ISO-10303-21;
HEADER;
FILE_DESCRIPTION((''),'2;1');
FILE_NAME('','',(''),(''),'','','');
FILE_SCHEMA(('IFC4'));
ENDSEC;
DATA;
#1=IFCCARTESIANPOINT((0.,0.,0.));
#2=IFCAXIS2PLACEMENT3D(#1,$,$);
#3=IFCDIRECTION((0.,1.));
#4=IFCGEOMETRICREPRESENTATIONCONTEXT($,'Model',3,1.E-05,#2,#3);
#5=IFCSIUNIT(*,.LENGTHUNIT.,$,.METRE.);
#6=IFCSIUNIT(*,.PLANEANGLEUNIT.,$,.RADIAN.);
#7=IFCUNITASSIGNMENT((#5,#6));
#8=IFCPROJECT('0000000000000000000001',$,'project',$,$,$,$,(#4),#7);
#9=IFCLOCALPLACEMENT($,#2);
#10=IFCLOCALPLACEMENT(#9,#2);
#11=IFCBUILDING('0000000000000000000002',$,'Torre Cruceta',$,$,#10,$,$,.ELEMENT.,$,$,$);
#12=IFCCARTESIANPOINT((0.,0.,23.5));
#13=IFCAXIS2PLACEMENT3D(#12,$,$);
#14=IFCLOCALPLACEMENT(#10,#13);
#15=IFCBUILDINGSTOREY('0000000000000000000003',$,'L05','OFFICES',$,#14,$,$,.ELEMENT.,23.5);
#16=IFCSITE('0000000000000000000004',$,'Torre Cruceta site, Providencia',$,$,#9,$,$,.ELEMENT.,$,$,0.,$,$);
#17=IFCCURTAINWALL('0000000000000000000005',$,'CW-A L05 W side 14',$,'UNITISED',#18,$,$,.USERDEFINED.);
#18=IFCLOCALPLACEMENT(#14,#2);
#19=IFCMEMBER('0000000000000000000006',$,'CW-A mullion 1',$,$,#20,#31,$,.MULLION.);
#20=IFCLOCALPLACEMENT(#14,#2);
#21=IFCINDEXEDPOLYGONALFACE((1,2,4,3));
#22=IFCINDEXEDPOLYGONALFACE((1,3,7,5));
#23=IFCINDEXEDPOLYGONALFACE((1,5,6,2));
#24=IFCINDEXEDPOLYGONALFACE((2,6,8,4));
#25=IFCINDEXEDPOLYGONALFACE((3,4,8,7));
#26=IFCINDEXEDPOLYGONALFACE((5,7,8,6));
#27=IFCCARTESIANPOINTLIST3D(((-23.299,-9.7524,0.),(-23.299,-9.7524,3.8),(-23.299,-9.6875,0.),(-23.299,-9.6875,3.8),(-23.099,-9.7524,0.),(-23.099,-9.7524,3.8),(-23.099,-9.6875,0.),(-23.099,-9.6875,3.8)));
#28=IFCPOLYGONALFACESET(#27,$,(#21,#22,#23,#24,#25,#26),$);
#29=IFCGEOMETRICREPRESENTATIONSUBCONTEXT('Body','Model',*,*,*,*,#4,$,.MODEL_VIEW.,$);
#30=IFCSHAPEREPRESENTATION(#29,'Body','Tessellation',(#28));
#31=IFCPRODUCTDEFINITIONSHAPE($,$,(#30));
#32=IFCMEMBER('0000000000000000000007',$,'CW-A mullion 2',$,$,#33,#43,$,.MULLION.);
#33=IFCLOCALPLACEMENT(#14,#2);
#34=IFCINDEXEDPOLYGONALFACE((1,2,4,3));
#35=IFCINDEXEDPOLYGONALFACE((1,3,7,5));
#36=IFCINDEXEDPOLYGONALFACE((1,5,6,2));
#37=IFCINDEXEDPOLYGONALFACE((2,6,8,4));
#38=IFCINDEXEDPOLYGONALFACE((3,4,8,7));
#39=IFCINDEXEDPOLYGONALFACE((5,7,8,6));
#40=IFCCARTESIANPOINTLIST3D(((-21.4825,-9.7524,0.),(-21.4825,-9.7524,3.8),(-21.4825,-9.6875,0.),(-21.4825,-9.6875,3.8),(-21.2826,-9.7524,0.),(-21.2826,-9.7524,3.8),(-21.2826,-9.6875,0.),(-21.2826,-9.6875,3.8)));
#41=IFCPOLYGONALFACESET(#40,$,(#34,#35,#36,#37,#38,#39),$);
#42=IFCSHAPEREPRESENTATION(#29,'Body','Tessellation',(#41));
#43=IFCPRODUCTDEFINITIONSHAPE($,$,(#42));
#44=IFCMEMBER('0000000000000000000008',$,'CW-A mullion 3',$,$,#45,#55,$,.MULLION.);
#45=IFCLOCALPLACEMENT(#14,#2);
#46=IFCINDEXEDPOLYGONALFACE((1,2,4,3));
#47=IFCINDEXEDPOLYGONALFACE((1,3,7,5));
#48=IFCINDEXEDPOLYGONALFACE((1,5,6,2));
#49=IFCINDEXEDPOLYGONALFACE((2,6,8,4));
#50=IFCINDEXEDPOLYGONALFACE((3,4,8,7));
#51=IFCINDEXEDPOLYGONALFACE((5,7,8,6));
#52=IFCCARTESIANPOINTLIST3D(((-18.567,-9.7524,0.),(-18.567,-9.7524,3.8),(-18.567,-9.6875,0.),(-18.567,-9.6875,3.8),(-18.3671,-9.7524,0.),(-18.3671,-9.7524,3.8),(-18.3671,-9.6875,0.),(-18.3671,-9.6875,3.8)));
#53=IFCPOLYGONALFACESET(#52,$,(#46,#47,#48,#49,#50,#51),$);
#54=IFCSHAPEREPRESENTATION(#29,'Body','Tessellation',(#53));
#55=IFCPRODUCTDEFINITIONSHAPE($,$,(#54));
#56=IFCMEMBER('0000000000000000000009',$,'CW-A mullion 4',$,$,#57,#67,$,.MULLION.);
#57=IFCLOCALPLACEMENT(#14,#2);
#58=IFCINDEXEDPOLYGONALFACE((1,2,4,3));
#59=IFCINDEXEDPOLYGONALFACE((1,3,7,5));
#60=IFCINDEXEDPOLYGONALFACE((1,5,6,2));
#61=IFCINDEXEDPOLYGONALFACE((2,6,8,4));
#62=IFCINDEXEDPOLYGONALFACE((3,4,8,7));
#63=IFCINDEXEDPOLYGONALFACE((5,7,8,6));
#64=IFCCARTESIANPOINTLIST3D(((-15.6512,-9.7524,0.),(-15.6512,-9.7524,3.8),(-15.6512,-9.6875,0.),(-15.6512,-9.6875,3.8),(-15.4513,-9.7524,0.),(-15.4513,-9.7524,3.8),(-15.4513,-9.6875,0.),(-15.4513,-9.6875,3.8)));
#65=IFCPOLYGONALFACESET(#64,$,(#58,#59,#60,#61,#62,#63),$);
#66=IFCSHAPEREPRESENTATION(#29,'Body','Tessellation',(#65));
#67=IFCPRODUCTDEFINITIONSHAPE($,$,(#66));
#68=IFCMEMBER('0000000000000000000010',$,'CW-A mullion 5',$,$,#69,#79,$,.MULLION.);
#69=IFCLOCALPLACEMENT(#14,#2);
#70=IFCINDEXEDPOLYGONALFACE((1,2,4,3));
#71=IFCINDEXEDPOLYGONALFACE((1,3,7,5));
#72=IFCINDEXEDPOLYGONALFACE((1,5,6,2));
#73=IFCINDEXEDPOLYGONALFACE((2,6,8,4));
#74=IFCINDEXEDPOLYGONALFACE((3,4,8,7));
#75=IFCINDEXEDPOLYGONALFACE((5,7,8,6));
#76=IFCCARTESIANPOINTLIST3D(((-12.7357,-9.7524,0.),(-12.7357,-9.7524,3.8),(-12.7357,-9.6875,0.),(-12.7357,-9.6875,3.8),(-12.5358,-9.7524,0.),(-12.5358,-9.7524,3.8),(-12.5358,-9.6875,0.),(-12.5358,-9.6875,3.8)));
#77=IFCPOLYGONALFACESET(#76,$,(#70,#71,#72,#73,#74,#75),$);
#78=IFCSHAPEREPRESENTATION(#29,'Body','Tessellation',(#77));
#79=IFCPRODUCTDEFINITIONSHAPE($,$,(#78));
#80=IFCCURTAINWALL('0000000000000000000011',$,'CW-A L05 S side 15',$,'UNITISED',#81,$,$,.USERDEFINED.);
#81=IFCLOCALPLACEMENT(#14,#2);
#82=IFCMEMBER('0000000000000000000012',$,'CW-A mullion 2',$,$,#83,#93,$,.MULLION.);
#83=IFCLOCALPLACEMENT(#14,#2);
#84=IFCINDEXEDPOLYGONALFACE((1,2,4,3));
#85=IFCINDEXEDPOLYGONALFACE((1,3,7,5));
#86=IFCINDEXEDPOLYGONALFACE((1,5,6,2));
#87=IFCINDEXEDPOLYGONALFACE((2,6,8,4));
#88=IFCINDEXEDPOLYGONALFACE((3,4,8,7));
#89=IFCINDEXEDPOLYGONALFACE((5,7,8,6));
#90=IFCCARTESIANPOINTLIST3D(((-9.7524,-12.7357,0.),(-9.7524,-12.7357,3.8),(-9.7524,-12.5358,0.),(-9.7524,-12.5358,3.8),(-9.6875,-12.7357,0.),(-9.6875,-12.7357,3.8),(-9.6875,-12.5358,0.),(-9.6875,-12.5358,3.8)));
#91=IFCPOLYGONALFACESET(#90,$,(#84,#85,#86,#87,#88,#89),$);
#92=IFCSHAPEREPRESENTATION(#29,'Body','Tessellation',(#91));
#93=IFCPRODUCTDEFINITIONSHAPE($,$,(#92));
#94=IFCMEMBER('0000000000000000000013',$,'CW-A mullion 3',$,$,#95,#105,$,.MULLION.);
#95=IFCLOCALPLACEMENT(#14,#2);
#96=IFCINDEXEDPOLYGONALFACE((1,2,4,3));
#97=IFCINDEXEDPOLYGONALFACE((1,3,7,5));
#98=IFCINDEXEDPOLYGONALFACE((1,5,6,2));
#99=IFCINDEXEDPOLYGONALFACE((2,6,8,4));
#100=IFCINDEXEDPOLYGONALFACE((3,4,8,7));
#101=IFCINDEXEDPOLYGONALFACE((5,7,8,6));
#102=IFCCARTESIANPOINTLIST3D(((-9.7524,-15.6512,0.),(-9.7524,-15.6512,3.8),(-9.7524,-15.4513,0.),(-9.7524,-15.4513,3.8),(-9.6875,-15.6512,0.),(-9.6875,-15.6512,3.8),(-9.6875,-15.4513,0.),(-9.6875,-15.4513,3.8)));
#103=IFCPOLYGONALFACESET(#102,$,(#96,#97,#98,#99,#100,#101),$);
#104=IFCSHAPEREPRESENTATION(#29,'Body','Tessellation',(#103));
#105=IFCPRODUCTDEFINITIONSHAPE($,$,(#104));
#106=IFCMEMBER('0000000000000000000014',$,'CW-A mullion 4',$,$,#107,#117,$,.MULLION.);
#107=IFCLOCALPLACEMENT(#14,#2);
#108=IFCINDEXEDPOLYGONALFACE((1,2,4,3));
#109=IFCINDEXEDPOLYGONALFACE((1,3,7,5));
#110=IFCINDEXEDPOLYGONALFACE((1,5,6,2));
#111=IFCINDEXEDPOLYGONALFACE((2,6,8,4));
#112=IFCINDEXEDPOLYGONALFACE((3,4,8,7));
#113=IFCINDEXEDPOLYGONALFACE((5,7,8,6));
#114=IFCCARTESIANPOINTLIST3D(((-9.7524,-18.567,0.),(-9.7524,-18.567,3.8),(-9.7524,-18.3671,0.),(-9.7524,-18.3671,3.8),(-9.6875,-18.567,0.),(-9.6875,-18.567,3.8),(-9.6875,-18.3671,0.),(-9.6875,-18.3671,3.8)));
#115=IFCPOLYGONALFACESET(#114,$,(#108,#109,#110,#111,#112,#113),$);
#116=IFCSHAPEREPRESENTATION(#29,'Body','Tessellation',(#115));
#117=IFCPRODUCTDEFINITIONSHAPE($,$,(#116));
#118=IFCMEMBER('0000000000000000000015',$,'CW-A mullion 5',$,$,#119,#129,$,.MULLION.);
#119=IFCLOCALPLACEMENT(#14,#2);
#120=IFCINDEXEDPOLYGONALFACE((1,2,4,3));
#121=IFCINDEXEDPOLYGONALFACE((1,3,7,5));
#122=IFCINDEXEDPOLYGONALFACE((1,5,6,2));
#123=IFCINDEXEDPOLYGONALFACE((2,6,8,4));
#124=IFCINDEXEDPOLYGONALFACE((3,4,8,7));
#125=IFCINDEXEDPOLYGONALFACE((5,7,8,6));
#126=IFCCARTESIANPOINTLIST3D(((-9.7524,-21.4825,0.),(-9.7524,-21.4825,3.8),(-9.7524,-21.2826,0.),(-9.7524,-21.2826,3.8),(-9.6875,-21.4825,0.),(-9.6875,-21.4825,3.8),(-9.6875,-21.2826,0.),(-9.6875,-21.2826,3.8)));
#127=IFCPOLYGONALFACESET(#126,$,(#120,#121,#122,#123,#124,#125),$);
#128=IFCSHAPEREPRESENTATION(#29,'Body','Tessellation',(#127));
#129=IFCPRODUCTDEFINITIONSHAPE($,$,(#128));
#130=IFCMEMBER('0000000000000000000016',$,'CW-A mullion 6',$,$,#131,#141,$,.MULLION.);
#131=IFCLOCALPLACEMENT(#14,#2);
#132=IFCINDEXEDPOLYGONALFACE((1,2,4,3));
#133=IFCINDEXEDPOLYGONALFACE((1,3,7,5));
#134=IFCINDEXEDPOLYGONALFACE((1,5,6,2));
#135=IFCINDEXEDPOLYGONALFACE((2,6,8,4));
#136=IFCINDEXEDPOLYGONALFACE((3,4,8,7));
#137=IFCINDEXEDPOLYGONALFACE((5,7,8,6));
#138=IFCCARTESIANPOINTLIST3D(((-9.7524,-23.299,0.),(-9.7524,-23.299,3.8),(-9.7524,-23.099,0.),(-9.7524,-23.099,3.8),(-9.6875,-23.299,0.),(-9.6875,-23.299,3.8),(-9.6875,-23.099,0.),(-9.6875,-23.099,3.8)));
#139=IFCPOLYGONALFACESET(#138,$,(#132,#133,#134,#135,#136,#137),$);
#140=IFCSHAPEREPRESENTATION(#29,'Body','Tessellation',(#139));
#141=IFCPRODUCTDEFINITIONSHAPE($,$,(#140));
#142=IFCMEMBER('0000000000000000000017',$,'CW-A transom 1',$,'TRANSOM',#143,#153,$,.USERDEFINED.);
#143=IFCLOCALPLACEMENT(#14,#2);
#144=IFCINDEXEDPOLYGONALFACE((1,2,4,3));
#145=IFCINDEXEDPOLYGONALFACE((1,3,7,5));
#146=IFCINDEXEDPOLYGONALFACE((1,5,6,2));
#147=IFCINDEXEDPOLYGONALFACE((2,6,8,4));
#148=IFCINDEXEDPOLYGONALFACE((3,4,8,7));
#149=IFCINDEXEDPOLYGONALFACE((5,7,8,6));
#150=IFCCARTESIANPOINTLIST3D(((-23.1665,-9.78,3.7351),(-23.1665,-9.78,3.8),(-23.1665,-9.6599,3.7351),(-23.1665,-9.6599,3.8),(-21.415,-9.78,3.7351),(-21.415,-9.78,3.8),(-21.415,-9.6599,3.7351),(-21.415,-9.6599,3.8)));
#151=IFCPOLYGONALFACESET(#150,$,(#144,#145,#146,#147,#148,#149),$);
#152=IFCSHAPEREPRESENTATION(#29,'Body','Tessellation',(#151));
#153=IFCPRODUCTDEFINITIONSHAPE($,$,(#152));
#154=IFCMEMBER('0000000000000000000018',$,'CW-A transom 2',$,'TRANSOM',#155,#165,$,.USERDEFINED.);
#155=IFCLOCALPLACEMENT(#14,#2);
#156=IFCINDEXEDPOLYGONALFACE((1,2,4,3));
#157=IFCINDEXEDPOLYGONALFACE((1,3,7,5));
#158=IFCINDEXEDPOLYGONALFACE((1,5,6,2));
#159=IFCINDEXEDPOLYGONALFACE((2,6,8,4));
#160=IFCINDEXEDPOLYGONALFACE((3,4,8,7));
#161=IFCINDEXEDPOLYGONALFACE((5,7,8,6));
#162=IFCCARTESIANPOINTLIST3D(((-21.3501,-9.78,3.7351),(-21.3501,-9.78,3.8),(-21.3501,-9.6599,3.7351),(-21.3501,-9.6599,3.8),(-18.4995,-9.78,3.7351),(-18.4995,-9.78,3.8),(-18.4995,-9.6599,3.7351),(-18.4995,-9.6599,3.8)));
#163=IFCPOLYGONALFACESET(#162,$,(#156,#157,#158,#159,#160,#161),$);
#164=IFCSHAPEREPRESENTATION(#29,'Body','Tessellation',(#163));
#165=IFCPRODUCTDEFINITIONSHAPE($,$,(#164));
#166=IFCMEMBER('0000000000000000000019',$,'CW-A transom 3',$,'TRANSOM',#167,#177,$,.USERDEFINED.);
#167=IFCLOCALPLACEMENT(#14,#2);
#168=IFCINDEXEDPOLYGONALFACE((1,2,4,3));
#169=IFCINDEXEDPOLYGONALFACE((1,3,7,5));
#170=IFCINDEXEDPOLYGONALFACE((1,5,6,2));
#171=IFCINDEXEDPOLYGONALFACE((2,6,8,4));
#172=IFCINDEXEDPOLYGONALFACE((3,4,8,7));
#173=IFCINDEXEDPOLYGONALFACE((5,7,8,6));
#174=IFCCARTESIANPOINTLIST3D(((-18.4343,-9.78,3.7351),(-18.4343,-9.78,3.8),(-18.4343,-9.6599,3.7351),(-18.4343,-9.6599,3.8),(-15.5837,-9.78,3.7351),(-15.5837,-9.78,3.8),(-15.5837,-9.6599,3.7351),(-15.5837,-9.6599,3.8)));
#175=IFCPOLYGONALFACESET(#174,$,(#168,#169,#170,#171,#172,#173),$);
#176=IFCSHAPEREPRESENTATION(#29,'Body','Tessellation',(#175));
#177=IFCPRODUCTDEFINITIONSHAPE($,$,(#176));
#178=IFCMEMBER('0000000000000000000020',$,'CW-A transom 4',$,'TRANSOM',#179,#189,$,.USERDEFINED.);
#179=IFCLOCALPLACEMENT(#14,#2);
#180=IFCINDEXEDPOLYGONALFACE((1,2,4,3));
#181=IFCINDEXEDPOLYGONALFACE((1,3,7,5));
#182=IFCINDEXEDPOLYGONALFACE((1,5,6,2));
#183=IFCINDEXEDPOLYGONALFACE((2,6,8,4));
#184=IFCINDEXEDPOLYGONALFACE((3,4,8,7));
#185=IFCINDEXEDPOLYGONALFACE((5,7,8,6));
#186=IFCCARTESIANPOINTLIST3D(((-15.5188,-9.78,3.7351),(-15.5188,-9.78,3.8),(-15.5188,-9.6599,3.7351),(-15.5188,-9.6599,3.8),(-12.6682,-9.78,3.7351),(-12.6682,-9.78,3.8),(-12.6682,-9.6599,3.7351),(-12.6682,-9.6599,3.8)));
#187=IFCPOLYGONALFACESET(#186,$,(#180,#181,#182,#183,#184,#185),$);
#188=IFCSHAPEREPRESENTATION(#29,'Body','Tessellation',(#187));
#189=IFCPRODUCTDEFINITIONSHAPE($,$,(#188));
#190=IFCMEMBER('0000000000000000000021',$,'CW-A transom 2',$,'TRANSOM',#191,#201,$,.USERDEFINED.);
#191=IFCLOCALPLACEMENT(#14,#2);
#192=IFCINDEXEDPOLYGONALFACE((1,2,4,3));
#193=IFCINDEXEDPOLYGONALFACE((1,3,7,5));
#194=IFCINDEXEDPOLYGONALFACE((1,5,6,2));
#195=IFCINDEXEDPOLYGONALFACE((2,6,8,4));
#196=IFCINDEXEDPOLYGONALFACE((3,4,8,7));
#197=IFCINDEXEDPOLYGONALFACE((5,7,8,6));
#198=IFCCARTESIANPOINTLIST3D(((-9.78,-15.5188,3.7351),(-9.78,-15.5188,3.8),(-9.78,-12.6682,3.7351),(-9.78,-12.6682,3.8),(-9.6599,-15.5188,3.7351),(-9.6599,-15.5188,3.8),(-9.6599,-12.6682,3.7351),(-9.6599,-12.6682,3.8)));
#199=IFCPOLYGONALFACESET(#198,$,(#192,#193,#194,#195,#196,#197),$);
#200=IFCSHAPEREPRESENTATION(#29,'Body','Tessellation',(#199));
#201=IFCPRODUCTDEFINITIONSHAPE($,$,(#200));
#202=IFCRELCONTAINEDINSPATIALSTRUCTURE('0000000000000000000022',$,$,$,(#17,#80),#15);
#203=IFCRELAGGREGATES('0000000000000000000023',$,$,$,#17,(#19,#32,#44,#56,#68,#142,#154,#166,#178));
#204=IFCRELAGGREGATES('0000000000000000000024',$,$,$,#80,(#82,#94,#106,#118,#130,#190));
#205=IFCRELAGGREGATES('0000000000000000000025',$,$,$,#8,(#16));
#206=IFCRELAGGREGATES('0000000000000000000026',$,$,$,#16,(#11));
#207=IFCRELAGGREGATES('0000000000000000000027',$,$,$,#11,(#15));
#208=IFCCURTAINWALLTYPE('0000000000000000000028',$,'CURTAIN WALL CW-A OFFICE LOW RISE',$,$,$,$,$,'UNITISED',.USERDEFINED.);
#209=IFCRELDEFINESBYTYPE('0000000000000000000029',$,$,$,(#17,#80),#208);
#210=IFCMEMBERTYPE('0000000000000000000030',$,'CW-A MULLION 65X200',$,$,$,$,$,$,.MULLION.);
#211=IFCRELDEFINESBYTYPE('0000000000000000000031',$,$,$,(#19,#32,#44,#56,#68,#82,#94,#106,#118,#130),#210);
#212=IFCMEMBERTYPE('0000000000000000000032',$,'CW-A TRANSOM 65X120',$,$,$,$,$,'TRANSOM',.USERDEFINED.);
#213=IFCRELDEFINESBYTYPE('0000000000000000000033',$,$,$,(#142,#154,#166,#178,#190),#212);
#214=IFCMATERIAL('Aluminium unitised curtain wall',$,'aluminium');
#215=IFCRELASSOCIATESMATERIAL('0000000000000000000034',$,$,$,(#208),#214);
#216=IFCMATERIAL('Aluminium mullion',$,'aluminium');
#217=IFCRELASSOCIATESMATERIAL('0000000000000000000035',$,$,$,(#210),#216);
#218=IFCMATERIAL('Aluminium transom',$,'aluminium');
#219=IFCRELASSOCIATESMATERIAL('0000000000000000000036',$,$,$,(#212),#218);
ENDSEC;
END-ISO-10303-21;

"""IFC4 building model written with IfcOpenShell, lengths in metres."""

from ifc_helpers import new_model, si_unit, direction, frame, origin, origin_2d, place, context, subcontext, project, spatial, rectangle, extrude, material, material_profile, profile_set, type_object, element, aggregate, save


model = new_model("IFC4")

# Units and contexts
model_context = context("Model", 3, precision=1e-05, world=origin(), true_north=direction((0.0, 1.0)))
body_context = subcontext(model_context, "Body", "Model", "MODEL_VIEW")
ifc_project = project(units=[si_unit("LENGTHUNIT", "METRE"), si_unit("PLANEANGLEUNIT", "RADIAN")], contexts=[model_context])

# Site, building, storey
site_placement = place(None, origin())
site = spatial("IfcSite", under=ifc_project, at=site_placement, Name="Torre Cruceta site, Providencia", CompositionType="ELEMENT", RefElevation=0.0)
building_placement = place(site_placement, origin())
building = spatial("IfcBuilding", under=site, at=building_placement, Name="Torre Cruceta", CompositionType="ELEMENT")
storey_placement = place(building_placement, frame((0.0, 0.0, 23.5)))
storey = spatial("IfcBuildingStorey", under=building, at=storey_placement, Name="L05", Description="OFFICES", CompositionType="ELEMENT", Elevation=23.5)

# Curtain walls, members
ifc_material_1 = material(Name="Aluminium unitised curtain wall", Category="aluminium")
curtain_wall_type = type_object("IfcCurtainWallType", Name="CURTAIN WALL CW-A OFFICE LOW RISE", ElementType="UNITISED", PredefinedType="USERDEFINED", material=ifc_material_1)
curtain_wall_1_placement = place(storey_placement, origin())
curtain_wall_1 = element("IfcCurtainWall", 1, at=curtain_wall_1_placement, inside=storey, type_object=curtain_wall_type, Name="CW-A L05 W side 14", ObjectType="UNITISED", PredefinedType="USERDEFINED")
ifc_material_2 = material(Name="Aluminium mullion", Category="aluminium")
ifc_material_profile_1 = material_profile(ifc_material_2, rectangle(XDim=0.0649, YDim=0.2, at=origin_2d()), Name="AL 65X200")
ifc_profile_set_1 = profile_set([ifc_material_profile_1], Name="Aluminium mullion")
member_type_1 = type_object("IfcMemberType", Name="CW-A MULLION 65X200", PredefinedType="MULLION", material=ifc_profile_set_1)
member_1_placement = place(storey_placement, frame((-23.199, -9.72, 0.0), z_axis=(0.0, 0.0, 1.0), x_axis=(0.0, 1.0, 0.0)))
member_1 = element("IfcMember", 2, at=member_1_placement, type_object=member_type_1, Name="CW-A mullion 1", PredefinedType="MULLION", context=body_context, shape_type="SweptSolid", body=[
    extrude(rectangle(XDim=0.0649, YDim=0.2, at=origin_2d()), origin(), (0.0, 0.0, 1.0), 3.8),
])
member_2_placement = place(storey_placement, frame((-21.3826, -9.72, 0.0), z_axis=(0.0, 0.0, 1.0), x_axis=(0.0, 1.0, 0.0)))
member_2 = element("IfcMember", 3, at=member_2_placement, type_object=member_type_1, Name="CW-A mullion 2", PredefinedType="MULLION", context=body_context, shape_type="SweptSolid", body=[
    extrude(rectangle(XDim=0.0649, YDim=0.2, at=origin_2d()), origin(), (0.0, 0.0, 1.0), 3.8),
])
member_3_placement = place(storey_placement, frame((-18.467, -9.72, 0.0), z_axis=(0.0, 0.0, 1.0), x_axis=(0.0, 1.0, 0.0)))
member_3 = element("IfcMember", 4, at=member_3_placement, type_object=member_type_1, Name="CW-A mullion 3", PredefinedType="MULLION", context=body_context, shape_type="SweptSolid", body=[
    extrude(rectangle(XDim=0.0649, YDim=0.2, at=origin_2d()), origin(), (0.0, 0.0, 1.0), 3.8),
])
member_4_placement = place(storey_placement, frame((-15.5513, -9.72, 0.0), z_axis=(0.0, 0.0, 1.0), x_axis=(0.0, 1.0, 0.0)))
member_4 = element("IfcMember", 5, at=member_4_placement, type_object=member_type_1, Name="CW-A mullion 4", PredefinedType="MULLION", context=body_context, shape_type="SweptSolid", body=[
    extrude(rectangle(XDim=0.0649, YDim=0.2, at=origin_2d()), origin(), (0.0, 0.0, 1.0), 3.8),
])
member_5_placement = place(storey_placement, frame((-12.6357, -9.72, 0.0), z_axis=(0.0, 0.0, 1.0), x_axis=(0.0, 1.0, 0.0)))
member_5 = element("IfcMember", 6, at=member_5_placement, type_object=member_type_1, Name="CW-A mullion 5", PredefinedType="MULLION", context=body_context, shape_type="SweptSolid", body=[
    extrude(rectangle(XDim=0.0649, YDim=0.2, at=origin_2d()), origin(), (0.0, 0.0, 1.0), 3.8),
])
curtain_wall_2_placement = place(storey_placement, origin())
curtain_wall_2 = element("IfcCurtainWall", 7, at=curtain_wall_2_placement, inside=storey, type_object=curtain_wall_type, Name="CW-A L05 S side 15", ObjectType="UNITISED", PredefinedType="USERDEFINED")
member_6_placement = place(storey_placement, frame((-9.72, -12.6357, 0.0), z_axis=(0.0, 0.0, 1.0), x_axis=(1.0, 0.0, 0.0)))
member_6 = element("IfcMember", 8, at=member_6_placement, type_object=member_type_1, Name="CW-A mullion 2", PredefinedType="MULLION", context=body_context, shape_type="SweptSolid", body=[
    extrude(rectangle(XDim=0.0649, YDim=0.2, at=origin_2d()), origin(), (0.0, 0.0, 1.0), 3.8),
])
member_7_placement = place(storey_placement, frame((-9.72, -15.5513, 0.0), z_axis=(0.0, 0.0, 1.0), x_axis=(1.0, 0.0, 0.0)))
member_7 = element("IfcMember", 9, at=member_7_placement, type_object=member_type_1, Name="CW-A mullion 3", PredefinedType="MULLION", context=body_context, shape_type="SweptSolid", body=[
    extrude(rectangle(XDim=0.0649, YDim=0.2, at=origin_2d()), origin(), (0.0, 0.0, 1.0), 3.8),
])
member_8_placement = place(storey_placement, frame((-9.72, -18.467, 0.0), z_axis=(0.0, 0.0, 1.0), x_axis=(1.0, 0.0, 0.0)))
member_8 = element("IfcMember", 10, at=member_8_placement, type_object=member_type_1, Name="CW-A mullion 4", PredefinedType="MULLION", context=body_context, shape_type="SweptSolid", body=[
    extrude(rectangle(XDim=0.0649, YDim=0.2, at=origin_2d()), origin(), (0.0, 0.0, 1.0), 3.8),
])
member_9_placement = place(storey_placement, frame((-9.72, -21.3826, 0.0), z_axis=(0.0, 0.0, 1.0), x_axis=(1.0, 0.0, 0.0)))
member_9 = element("IfcMember", 11, at=member_9_placement, type_object=member_type_1, Name="CW-A mullion 5", PredefinedType="MULLION", context=body_context, shape_type="SweptSolid", body=[
    extrude(rectangle(XDim=0.0649, YDim=0.2, at=origin_2d()), origin(), (0.0, 0.0, 1.0), 3.8),
])
member_10_placement = place(storey_placement, frame((-9.72, -23.199, 0.0), z_axis=(0.0, 0.0, 1.0), x_axis=(1.0, 0.0, 0.0)))
member_10 = element("IfcMember", 12, at=member_10_placement, type_object=member_type_1, Name="CW-A mullion 6", PredefinedType="MULLION", context=body_context, shape_type="SweptSolid", body=[
    extrude(rectangle(XDim=0.0649, YDim=0.2, at=origin_2d()), origin(), (0.0, 0.0, 1.0), 3.8),
])

# Members
ifc_material_3 = material(Name="Aluminium transom", Category="aluminium")
ifc_material_profile_2 = material_profile(ifc_material_3, rectangle(XDim=0.1201, YDim=0.0649, at=origin_2d()), Name="AL 120X65")
ifc_profile_set_2 = profile_set([ifc_material_profile_2], Name="Aluminium transom")
member_type_2 = type_object("IfcMemberType", Name="CW-A TRANSOM 65X120", ElementType="TRANSOM", PredefinedType="USERDEFINED", material=ifc_profile_set_2)
member_11_placement = place(storey_placement, frame((-23.1665, -9.72, 3.7676), z_axis=(1.0, 0.0, 0.0), x_axis=(0.0, 1.0, 0.0)))
member_11 = element("IfcMember", 13, at=member_11_placement, type_object=member_type_2, Name="CW-A transom 1", ObjectType="TRANSOM", PredefinedType="USERDEFINED", context=body_context, shape_type="SweptSolid", body=[
    extrude(rectangle(XDim=0.1201, YDim=0.0649, at=origin_2d()), origin(), (0.0, 0.0, 1.0), 1.7515),
])
member_12_placement = place(storey_placement, frame((-21.3501, -9.72, 3.7676), z_axis=(1.0, 0.0, 0.0), x_axis=(0.0, 1.0, 0.0)))
member_12 = element("IfcMember", 14, at=member_12_placement, type_object=member_type_2, Name="CW-A transom 2", ObjectType="TRANSOM", PredefinedType="USERDEFINED", context=body_context, shape_type="SweptSolid", body=[
    extrude(rectangle(XDim=0.1201, YDim=0.0649, at=origin_2d()), origin(), (0.0, 0.0, 1.0), 2.8506),
])
member_13_placement = place(storey_placement, frame((-18.4343, -9.72, 3.7676), z_axis=(1.0, 0.0, 0.0), x_axis=(0.0, 1.0, 0.0)))
member_13 = element("IfcMember", 15, at=member_13_placement, type_object=member_type_2, Name="CW-A transom 3", ObjectType="TRANSOM", PredefinedType="USERDEFINED", context=body_context, shape_type="SweptSolid", body=[
    extrude(rectangle(XDim=0.1201, YDim=0.0649, at=origin_2d()), origin(), (0.0, 0.0, 1.0), 2.8506),
])
member_14_placement = place(storey_placement, frame((-15.5188, -9.72, 3.7676), z_axis=(1.0, 0.0, 0.0), x_axis=(0.0, 1.0, 0.0)))
member_14 = element("IfcMember", 16, at=member_14_placement, type_object=member_type_2, Name="CW-A transom 4", ObjectType="TRANSOM", PredefinedType="USERDEFINED", context=body_context, shape_type="SweptSolid", body=[
    extrude(rectangle(XDim=0.1201, YDim=0.0649, at=origin_2d()), origin(), (0.0, 0.0, 1.0), 2.8506),
])
member_15_placement = place(storey_placement, frame((-9.72, -12.6682, 3.7676), z_axis=(0.0, -1.0, 0.0), x_axis=(1.0, 0.0, 0.0)))
member_15 = element("IfcMember", 17, at=member_15_placement, type_object=member_type_2, Name="CW-A transom 2", ObjectType="TRANSOM", PredefinedType="USERDEFINED", context=body_context, shape_type="SweptSolid", body=[
    extrude(rectangle(XDim=0.1201, YDim=0.0649, at=origin_2d()), origin(), (0.0, 0.0, 1.0), 2.8506),
])

aggregate(curtain_wall_1, [member_1, member_2, member_3, member_4, member_5, member_11, member_12, member_13, member_14])
aggregate(curtain_wall_2, [member_6, member_7, member_8, member_9, member_10, member_15])

save(model, "model.ifc")
